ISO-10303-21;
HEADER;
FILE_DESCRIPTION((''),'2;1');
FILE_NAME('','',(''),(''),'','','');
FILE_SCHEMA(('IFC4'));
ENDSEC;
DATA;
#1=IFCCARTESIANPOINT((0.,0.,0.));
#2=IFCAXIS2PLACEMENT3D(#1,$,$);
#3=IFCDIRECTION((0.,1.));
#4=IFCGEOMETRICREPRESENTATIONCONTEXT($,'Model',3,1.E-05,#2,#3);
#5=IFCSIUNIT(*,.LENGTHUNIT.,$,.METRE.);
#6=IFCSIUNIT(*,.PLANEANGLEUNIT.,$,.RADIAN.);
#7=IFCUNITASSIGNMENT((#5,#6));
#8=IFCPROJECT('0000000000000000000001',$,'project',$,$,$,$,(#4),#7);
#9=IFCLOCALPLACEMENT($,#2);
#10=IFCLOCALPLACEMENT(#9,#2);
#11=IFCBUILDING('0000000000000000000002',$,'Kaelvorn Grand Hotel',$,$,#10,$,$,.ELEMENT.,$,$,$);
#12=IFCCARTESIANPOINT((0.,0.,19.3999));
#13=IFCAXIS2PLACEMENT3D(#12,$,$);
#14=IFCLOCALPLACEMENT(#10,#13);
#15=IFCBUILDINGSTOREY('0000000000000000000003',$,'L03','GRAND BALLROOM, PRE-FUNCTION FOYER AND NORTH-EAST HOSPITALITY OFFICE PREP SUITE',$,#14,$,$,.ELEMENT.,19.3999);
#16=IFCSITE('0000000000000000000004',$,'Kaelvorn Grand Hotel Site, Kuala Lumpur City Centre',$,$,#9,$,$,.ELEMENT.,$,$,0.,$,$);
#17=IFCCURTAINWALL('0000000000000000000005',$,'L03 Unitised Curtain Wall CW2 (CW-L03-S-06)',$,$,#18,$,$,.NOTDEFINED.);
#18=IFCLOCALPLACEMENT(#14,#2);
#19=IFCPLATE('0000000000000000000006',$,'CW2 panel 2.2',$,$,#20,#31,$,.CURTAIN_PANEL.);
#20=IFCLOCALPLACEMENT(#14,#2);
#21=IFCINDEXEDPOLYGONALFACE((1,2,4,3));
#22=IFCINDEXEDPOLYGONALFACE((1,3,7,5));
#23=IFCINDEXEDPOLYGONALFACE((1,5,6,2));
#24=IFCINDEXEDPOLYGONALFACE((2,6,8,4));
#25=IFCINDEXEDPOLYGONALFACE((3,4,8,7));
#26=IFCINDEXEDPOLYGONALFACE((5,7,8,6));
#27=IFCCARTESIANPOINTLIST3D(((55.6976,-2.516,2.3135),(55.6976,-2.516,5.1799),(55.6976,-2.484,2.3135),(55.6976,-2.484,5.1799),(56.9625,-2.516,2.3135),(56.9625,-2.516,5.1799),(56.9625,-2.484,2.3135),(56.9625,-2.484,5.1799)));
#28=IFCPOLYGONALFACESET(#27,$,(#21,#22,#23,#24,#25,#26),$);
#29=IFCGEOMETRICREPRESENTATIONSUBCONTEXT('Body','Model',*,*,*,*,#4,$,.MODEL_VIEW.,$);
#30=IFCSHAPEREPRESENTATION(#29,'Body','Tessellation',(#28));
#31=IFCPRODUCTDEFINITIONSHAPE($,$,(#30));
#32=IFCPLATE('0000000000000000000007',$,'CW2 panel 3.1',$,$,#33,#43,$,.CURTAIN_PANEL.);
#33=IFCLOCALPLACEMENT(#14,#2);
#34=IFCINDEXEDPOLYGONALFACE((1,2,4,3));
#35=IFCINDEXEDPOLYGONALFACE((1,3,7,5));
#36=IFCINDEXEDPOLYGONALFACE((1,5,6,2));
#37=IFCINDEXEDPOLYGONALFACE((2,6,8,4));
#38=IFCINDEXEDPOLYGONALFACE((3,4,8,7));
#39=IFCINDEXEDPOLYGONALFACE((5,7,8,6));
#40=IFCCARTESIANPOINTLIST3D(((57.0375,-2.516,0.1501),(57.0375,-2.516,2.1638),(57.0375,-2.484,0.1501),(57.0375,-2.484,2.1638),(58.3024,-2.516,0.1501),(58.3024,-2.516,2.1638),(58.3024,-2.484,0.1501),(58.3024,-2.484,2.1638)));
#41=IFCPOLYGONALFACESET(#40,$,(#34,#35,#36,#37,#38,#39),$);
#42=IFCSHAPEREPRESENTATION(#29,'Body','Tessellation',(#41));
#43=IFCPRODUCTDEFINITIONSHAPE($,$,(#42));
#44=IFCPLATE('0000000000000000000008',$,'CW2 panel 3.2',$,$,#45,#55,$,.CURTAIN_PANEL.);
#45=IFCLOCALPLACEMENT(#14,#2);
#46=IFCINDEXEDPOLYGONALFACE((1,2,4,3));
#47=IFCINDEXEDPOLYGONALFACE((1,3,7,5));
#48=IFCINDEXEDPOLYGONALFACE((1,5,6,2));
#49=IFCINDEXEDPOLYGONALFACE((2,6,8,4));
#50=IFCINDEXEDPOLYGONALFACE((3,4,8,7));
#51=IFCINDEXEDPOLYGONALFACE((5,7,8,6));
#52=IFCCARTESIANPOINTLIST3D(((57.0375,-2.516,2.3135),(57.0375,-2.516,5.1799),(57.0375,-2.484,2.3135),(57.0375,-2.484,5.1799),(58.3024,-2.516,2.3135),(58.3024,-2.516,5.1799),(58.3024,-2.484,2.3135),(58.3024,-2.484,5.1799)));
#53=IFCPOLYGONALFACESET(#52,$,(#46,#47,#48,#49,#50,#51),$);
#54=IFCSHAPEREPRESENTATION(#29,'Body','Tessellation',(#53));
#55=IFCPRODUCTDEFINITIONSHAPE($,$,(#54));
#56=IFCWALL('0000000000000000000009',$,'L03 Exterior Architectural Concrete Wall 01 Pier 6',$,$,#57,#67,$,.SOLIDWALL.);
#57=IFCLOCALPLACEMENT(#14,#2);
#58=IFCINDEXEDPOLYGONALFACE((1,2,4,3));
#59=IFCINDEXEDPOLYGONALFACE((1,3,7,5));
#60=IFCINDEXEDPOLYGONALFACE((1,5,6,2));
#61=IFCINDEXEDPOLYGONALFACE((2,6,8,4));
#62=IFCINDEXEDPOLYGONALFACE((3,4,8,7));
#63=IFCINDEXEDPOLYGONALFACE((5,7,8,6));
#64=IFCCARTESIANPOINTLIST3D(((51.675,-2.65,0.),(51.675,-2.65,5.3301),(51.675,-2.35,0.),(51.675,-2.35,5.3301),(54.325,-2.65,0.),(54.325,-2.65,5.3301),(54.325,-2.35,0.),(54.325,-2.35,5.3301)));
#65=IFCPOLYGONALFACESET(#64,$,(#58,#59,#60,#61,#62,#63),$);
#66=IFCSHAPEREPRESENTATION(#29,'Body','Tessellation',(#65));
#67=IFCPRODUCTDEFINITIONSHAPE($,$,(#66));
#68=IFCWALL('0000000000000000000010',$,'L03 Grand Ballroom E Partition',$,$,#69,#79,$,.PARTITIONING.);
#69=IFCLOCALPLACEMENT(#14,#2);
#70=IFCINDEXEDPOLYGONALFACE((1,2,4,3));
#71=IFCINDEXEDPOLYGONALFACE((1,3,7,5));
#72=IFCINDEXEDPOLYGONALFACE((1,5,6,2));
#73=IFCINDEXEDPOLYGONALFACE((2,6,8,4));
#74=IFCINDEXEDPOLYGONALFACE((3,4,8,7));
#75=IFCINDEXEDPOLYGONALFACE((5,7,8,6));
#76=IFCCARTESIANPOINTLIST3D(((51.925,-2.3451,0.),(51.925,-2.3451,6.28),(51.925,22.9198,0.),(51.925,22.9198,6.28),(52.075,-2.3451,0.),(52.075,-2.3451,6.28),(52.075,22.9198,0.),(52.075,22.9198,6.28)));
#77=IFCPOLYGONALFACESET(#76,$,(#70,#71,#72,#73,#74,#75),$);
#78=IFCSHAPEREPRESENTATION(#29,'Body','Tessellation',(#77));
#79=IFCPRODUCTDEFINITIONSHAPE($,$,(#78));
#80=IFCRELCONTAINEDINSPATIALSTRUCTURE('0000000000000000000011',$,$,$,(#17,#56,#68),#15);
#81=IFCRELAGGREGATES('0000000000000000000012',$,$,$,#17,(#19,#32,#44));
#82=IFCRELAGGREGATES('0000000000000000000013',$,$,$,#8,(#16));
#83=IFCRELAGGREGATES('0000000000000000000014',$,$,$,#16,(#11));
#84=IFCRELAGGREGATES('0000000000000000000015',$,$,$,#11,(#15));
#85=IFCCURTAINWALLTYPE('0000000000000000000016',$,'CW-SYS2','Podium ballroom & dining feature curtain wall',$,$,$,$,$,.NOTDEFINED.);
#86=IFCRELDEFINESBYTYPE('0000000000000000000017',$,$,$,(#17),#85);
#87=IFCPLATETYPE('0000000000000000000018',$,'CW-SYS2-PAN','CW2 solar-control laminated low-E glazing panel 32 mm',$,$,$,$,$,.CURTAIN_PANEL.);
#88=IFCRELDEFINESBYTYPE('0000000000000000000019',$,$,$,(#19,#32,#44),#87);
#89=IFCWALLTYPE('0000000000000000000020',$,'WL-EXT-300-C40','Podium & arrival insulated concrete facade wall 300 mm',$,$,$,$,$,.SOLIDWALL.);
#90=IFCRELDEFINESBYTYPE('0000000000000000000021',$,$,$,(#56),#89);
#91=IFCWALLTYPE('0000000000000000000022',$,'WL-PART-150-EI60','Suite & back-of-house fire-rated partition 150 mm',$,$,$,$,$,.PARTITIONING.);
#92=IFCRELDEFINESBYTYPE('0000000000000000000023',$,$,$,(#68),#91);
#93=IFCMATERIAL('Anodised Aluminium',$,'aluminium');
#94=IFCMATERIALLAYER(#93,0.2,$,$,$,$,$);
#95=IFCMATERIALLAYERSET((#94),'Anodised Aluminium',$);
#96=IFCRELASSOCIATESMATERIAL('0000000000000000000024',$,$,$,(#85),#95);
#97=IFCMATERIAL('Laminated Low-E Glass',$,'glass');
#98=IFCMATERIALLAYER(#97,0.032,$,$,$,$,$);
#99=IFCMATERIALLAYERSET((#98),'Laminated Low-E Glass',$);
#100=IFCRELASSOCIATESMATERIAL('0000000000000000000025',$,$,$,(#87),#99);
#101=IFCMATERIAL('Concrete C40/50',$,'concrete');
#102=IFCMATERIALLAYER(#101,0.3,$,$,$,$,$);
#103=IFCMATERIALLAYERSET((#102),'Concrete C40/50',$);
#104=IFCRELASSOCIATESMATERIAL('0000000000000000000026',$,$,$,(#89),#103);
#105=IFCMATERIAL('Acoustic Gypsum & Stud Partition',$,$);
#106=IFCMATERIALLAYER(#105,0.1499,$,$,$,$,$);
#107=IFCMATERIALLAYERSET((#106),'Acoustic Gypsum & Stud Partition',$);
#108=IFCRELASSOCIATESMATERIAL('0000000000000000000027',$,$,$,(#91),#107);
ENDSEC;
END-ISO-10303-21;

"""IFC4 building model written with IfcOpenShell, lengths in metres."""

from ifc_helpers import new_model, si_unit, direction, frame, frame_2d, origin, origin_2d, place, context, subcontext, project, spatial, rectangle, extrude, material, layer, layer_set, type_object, element, aggregate, save


model = new_model("IFC4")

# Units and contexts
model_context = context("Model", 3, precision=1e-05, world=origin(), true_north=direction((0.0, 1.0)))
body_context = subcontext(model_context, "Body", "Model", "MODEL_VIEW")
ifc_project = project(units=[si_unit("LENGTHUNIT", "METRE"), si_unit("PLANEANGLEUNIT", "RADIAN")], contexts=[model_context])

# Site, building, storey
site_placement = place(None, origin())
site = spatial("IfcSite", under=ifc_project, at=site_placement, Name="Kaelvorn Grand Hotel Site, Kuala Lumpur City Centre", CompositionType="ELEMENT", RefElevation=0.0)
building_placement = place(site_placement, origin())
building = spatial("IfcBuilding", under=site, at=building_placement, Name="Kaelvorn Grand Hotel", CompositionType="ELEMENT")
storey_placement = place(building_placement, frame((0.0, 0.0, 19.3999)))
storey = spatial("IfcBuildingStorey", under=building, at=storey_placement, Name="L03", Description="GRAND BALLROOM, PRE-FUNCTION FOYER AND NORTH-EAST HOSPITALITY OFFICE PREP SUITE", CompositionType="ELEMENT", Elevation=19.3999)

# Shared definitions
ifc_material_1 = material(Name="Anodised Aluminium", Category="aluminium")
ifc_layer_1 = layer(ifc_material_1, 0.2)
ifc_layer_set_1 = layer_set([ifc_layer_1], Name="Anodised Aluminium")
curtain_wall_type = type_object("IfcCurtainWallType", Name="CW-SYS2", Description="Podium ballroom & dining feature curtain wall", PredefinedType="NOTDEFINED", material=ifc_layer_set_1)

# Curtain wall
curtain_wall_1_placement = place(storey_placement, origin())
curtain_wall_1 = element("IfcCurtainWall", 1, at=curtain_wall_1_placement, inside=storey, type_object=curtain_wall_type, Name="L03 Unitised Curtain Wall CW2 (CW-L03-S-06)", PredefinedType="NOTDEFINED")

# Plates
ifc_material_2 = material(Name="Laminated Low-E Glass", Category="glass")
ifc_layer_2 = layer(ifc_material_2, 0.032)
ifc_layer_set_2 = layer_set([ifc_layer_2], Name="Laminated Low-E Glass")
plate_type = type_object("IfcPlateType", Name="CW-SYS2-PAN", Description="CW2 solar-control laminated low-E glazing panel 32 mm", PredefinedType="CURTAIN_PANEL", material=ifc_layer_set_2)
plate_1_placement = place(storey_placement, frame((56.3301, -2.5, 2.3135), z_axis=(0.0, 0.0, 1.0), x_axis=(1.0, 0.0, 0.0)))
plate_1 = element("IfcPlate", 2, at=plate_1_placement, type_object=plate_type, Name="CW2 panel 2.2", PredefinedType="CURTAIN_PANEL", context=body_context, shape_type="SweptSolid", body=[
    extrude(rectangle(XDim=1.2649, YDim=0.032, at=origin_2d()), origin(), (0.0, 0.0, 1.0), 2.8665),
])
plate_2_placement = place(storey_placement, frame((57.6699, -2.5, 0.1501), z_axis=(0.0, 0.0, 1.0), x_axis=(1.0, 0.0, 0.0)))
plate_2 = element("IfcPlate", 3, at=plate_2_placement, type_object=plate_type, Name="CW2 panel 3.1", PredefinedType="CURTAIN_PANEL", context=body_context, shape_type="SweptSolid", body=[
    extrude(rectangle(XDim=1.2649, YDim=0.032, at=origin_2d()), origin(), (0.0, 0.0, 1.0), 2.0137),
])
plate_3_placement = place(storey_placement, frame((57.6699, -2.5, 2.3135), z_axis=(0.0, 0.0, 1.0), x_axis=(1.0, 0.0, 0.0)))
plate_3 = element("IfcPlate", 4, at=plate_3_placement, type_object=plate_type, Name="CW2 panel 3.2", PredefinedType="CURTAIN_PANEL", context=body_context, shape_type="SweptSolid", body=[
    extrude(rectangle(XDim=1.2649, YDim=0.032, at=origin_2d()), origin(), (0.0, 0.0, 1.0), 2.8665),
])
aggregate(curtain_wall_1, [plate_1, plate_2, plate_3])

# Walls
ifc_material_3 = material(Name="Concrete C40/50", Category="concrete")
ifc_layer_3 = layer(ifc_material_3, 0.3)
ifc_layer_set_3 = layer_set([ifc_layer_3], Name="Concrete C40/50")
wall_type_1 = type_object("IfcWallType", Name="WL-EXT-300-C40", Description="Podium & arrival insulated concrete facade wall 300 mm", PredefinedType="SOLIDWALL", material=ifc_layer_set_3)
wall_1_placement = place(storey_placement, frame((51.675, -2.5, 0.0), z_axis=(0.0, 0.0, 1.0), x_axis=(1.0, 0.0, 0.0)))
element("IfcWall", 5, at=wall_1_placement, inside=storey, type_object=wall_type_1, Name="L03 Exterior Architectural Concrete Wall 01 Pier 6", PredefinedType="SOLIDWALL", context=body_context, shape_type="SweptSolid", body=[
    extrude(rectangle(XDim=2.6499, YDim=0.3, at=frame_2d((1.325, 0.0))), origin(), (0.0, 0.0, 1.0), 5.3301),
])
ifc_material_4 = material(Name="Acoustic Gypsum & Stud Partition")
ifc_layer_4 = layer(ifc_material_4, 0.1499)
ifc_layer_set_4 = layer_set([ifc_layer_4], Name="Acoustic Gypsum & Stud Partition")
wall_type_2 = type_object("IfcWallType", Name="WL-PART-150-EI60", Description="Suite & back-of-house fire-rated partition 150 mm", PredefinedType="PARTITIONING", material=ifc_layer_set_4)
wall_2_placement = place(storey_placement, frame((52.0, -2.345, 0.0), z_axis=(0.0, 0.0, 1.0), x_axis=(0.0, 1.0, 0.0)))
element("IfcWall", 6, at=wall_2_placement, inside=storey, type_object=wall_type_2, Name="L03 Grand Ballroom E Partition", PredefinedType="PARTITIONING", context=body_context, shape_type="SweptSolid", body=[
    extrude(rectangle(XDim=25.2649, YDim=0.1499, at=frame_2d((12.6323, 0.0))), origin(), (0.0, 0.0, 1.0), 6.28),
])

save(model, "model.ifc")
